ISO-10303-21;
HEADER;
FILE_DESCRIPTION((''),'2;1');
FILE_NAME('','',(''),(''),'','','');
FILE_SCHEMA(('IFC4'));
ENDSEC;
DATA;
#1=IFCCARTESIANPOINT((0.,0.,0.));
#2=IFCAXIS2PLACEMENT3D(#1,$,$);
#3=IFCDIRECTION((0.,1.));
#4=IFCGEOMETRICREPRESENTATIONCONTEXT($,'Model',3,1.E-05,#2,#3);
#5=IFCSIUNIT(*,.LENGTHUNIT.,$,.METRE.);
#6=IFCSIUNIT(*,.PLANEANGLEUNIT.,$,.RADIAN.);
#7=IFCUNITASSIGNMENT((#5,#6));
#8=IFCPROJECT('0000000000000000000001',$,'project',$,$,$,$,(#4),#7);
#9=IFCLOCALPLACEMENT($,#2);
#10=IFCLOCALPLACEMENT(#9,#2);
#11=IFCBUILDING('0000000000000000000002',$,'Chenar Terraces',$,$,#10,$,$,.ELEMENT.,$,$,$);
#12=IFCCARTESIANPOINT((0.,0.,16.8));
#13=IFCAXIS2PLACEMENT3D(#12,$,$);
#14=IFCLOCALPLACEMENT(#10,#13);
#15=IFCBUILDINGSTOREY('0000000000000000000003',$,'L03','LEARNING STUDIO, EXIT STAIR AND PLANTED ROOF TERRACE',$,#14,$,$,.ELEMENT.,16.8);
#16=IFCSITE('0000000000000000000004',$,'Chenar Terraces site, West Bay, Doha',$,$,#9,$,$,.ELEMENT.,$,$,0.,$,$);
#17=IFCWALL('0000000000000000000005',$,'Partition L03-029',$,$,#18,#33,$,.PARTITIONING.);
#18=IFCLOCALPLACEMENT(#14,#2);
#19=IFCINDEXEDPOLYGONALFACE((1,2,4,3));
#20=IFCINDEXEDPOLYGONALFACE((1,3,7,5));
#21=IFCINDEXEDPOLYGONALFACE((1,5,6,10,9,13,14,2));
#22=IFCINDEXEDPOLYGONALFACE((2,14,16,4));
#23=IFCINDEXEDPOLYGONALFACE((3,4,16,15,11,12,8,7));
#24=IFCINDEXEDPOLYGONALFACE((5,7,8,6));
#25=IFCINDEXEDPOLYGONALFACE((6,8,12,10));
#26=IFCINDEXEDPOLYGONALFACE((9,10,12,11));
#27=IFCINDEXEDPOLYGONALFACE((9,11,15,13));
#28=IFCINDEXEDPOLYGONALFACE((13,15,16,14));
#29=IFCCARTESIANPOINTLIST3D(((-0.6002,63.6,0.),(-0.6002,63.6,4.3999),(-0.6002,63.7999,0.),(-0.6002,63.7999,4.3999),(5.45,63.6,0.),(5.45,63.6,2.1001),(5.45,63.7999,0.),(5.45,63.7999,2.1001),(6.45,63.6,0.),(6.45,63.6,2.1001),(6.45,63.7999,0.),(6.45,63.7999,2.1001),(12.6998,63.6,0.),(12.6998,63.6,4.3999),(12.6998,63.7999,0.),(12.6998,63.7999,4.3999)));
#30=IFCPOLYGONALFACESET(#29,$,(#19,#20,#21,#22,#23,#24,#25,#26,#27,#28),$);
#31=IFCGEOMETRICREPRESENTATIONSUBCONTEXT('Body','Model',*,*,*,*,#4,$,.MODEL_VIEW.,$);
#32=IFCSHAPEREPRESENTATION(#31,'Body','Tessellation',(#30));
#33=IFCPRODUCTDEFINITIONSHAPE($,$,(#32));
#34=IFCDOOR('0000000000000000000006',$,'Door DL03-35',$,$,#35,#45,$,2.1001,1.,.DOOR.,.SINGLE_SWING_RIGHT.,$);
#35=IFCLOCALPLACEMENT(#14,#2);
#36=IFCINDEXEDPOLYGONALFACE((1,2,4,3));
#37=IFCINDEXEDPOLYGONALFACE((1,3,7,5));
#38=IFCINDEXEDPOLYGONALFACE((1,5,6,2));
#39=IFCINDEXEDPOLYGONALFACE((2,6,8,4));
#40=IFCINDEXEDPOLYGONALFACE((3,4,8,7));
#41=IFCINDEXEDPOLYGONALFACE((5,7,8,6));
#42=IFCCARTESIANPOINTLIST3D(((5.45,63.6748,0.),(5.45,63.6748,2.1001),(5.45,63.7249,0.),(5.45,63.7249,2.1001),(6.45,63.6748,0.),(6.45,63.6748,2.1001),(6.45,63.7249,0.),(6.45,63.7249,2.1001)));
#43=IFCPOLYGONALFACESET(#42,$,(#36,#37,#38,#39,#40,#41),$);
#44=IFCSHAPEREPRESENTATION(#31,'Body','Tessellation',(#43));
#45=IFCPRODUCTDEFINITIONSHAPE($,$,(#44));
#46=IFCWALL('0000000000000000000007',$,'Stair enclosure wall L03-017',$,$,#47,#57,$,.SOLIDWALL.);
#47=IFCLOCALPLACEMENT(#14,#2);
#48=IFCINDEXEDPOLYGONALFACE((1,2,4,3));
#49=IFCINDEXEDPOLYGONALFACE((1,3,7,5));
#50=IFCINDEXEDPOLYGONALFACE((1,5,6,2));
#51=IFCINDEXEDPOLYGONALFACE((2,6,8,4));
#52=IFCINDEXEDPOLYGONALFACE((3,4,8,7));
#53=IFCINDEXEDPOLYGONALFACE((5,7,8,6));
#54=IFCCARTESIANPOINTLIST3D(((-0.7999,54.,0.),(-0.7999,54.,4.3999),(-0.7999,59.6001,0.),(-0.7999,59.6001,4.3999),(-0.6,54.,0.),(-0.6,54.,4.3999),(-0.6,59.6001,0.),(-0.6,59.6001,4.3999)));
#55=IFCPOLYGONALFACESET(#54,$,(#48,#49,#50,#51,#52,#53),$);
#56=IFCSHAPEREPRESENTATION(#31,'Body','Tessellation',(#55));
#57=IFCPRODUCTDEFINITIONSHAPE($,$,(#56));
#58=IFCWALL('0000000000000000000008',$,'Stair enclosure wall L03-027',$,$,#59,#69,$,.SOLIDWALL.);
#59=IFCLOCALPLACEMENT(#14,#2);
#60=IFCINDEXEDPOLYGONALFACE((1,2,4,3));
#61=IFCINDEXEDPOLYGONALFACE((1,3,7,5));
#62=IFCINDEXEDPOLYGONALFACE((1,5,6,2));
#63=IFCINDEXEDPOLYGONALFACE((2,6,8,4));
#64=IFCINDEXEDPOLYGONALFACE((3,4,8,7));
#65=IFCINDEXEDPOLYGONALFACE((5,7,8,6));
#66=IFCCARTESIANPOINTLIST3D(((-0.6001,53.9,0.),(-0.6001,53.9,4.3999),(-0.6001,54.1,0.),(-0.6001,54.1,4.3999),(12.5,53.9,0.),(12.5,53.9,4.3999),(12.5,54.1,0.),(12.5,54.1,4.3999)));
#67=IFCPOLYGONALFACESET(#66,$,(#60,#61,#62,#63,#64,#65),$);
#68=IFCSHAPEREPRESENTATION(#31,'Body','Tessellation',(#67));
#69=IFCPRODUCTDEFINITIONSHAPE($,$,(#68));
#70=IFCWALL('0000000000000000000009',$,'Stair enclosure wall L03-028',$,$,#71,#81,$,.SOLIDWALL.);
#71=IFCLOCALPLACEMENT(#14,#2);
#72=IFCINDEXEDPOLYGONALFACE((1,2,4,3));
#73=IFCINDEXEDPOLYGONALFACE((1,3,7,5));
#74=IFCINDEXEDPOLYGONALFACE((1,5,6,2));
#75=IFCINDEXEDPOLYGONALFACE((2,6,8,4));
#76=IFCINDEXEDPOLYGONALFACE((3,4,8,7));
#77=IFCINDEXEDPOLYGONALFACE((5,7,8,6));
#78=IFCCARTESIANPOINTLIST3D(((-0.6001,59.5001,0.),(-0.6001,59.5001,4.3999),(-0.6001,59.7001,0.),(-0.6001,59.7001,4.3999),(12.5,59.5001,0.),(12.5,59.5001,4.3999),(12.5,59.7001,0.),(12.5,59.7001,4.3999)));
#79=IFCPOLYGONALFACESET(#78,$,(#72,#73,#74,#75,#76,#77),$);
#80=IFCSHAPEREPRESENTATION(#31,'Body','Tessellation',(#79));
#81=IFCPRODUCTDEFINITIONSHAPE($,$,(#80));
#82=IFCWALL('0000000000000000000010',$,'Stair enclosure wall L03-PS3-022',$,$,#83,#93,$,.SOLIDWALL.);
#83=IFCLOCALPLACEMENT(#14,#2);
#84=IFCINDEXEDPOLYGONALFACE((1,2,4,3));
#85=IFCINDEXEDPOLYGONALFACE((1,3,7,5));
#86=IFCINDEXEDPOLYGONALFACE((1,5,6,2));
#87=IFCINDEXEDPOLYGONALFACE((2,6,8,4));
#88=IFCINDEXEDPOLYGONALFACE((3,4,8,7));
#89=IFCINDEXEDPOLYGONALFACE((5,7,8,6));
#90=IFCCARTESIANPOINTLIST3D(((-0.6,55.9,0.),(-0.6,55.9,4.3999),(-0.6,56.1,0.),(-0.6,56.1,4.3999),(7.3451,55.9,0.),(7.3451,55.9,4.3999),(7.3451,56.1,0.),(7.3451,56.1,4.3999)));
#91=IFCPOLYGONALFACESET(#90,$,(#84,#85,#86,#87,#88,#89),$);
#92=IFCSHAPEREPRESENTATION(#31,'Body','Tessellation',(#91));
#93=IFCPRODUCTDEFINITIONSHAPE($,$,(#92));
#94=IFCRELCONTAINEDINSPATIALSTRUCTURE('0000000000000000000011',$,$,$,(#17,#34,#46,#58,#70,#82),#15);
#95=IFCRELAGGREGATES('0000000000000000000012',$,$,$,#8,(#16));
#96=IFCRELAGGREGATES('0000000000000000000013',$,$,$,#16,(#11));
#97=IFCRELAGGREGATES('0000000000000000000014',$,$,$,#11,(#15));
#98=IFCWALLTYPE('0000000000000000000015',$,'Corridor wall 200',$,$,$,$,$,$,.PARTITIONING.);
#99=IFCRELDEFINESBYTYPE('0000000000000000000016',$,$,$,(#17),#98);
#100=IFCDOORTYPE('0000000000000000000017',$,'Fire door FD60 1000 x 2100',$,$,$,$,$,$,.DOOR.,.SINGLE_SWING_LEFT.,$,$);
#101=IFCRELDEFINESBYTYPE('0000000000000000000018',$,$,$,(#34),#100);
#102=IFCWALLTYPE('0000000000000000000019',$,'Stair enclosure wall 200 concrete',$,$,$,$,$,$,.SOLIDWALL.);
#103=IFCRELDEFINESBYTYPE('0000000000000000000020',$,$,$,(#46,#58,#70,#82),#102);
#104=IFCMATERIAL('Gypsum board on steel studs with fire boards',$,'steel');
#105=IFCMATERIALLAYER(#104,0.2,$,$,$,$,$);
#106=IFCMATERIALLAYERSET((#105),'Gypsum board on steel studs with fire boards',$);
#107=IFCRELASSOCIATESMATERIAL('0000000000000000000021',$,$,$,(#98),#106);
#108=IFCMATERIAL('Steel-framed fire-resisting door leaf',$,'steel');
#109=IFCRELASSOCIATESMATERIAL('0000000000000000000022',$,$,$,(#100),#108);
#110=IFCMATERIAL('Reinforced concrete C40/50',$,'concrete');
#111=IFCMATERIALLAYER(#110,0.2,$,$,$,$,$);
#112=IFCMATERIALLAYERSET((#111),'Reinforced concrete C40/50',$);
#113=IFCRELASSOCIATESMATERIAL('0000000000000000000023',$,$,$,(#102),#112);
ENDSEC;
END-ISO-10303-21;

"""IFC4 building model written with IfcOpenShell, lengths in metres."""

from ifc_helpers import new_model, si_unit, direction, frame, frame_2d, origin, place, context, subcontext, project, spatial, rectangle, extrude, material, layer, layer_set, type_object, element, fill, save


model = new_model("IFC4")

# Units and contexts
model_context = context("Model", 3, precision=1e-05, world=origin(), true_north=direction((0.0, 1.0)))
body_context = subcontext(model_context, "Body", "Model", "MODEL_VIEW")
ifc_project = project(units=[si_unit("LENGTHUNIT", "METRE"), si_unit("PLANEANGLEUNIT", "RADIAN")], contexts=[model_context])

# Site, building, storey
site_placement = place(None, origin())
site = spatial("IfcSite", under=ifc_project, at=site_placement, Name="Chenar Terraces site, West Bay, Doha", CompositionType="ELEMENT", RefElevation=0.0)
building_placement = place(site_placement, origin())
building = spatial("IfcBuilding", under=site, at=building_placement, Name="Chenar Terraces", CompositionType="ELEMENT")
storey_placement = place(building_placement, frame((0.0, 0.0, 16.8)))
storey = spatial("IfcBuildingStorey", under=building, at=storey_placement, Name="L03", Description="LEARNING STUDIO, EXIT STAIR AND PLANTED ROOF TERRACE", CompositionType="ELEMENT", Elevation=16.8)

# Shared definitions
ifc_material_1 = material(Name="Gypsum board on steel studs with fire boards", Category="steel")
ifc_layer_1 = layer(ifc_material_1, 0.2)
ifc_layer_set_1 = layer_set([ifc_layer_1], Name="Gypsum board on steel studs with fire boards")
wall_type_1 = type_object("IfcWallType", Name="Corridor wall 200", PredefinedType="PARTITIONING", material=ifc_layer_set_1)

# Wall, opening, door
wall_1_placement = place(storey_placement, frame((-0.6001, 63.7, 0.0), z_axis=(0.0, 0.0, 1.0), x_axis=(1.0, 0.0, 0.0)))
wall_1 = element("IfcWall", 1, at=wall_1_placement, inside=storey, type_object=wall_type_1, Name="Partition L03-029", PredefinedType="PARTITIONING", context=body_context, shape_type="SweptSolid", body=[
    extrude(rectangle(XDim=13.3, YDim=0.2, at=frame_2d((6.6499, 0.0))), origin(), (0.0, 0.0, 1.0), 4.3999),
])
opening_1_placement = place(wall_1_placement, frame((6.05, 0.0, 0.0)))
opening_1 = element("IfcOpeningElement", 2, at=opening_1_placement, cuts=wall_1, PredefinedType="OPENING", context=body_context, shape_type="SweptSolid", body=[
    extrude(rectangle(XDim=1.0, YDim=2.1001, at=frame_2d((0.5, 1.05))), frame((0.0, 0.1099, 0.0), z_axis=(0.0, -1.0, 0.0), x_axis=(1.0, 0.0, 0.0)), (0.0, 0.0, 1.0), 0.22),
])
ifc_material_2 = material(Name="Steel-framed fire-resisting door leaf", Category="steel")
door_type_1 = type_object("IfcDoorType", Name="Fire door FD60 1000 x 2100", OperationType="SINGLE_SWING_LEFT", PredefinedType="DOOR", material=ifc_material_2)
door_1_placement = place(opening_1_placement, origin())
door_1 = element("IfcDoor", 3, at=door_1_placement, inside=storey, type_object=door_type_1, Name="Door DL03-35", OperationType="SINGLE_SWING_RIGHT", OverallHeight=2.1001, OverallWidth=1.0, PredefinedType="DOOR", context=body_context, shape_type="SweptSolid", body=[
    extrude(rectangle(XDim=1.0, YDim=2.1001, at=frame_2d((0.5, 1.05))), frame((0.0, 0.0249, 0.0), z_axis=(0.0, -1.0, 0.0), x_axis=(1.0, 0.0, 0.0)), (0.0, 0.0, 1.0), 0.05),
])
fill(opening_1, door_1)

# Walls
ifc_material_3 = material(Name="Reinforced concrete C40/50", Category="concrete")
ifc_layer_2 = layer(ifc_material_3, 0.2)
ifc_layer_set_2 = layer_set([ifc_layer_2], Name="Reinforced concrete C40/50")
wall_type_2 = type_object("IfcWallType", Name="Stair enclosure wall 200 concrete", PredefinedType="SOLIDWALL", material=ifc_layer_set_2)
wall_2_placement = place(storey_placement, frame((-0.7, 54.0, 0.0), z_axis=(0.0, 0.0, 1.0), x_axis=(0.0, 1.0, 0.0)))
element("IfcWall", 4, at=wall_2_placement, inside=storey, type_object=wall_type_2, Name="Stair enclosure wall L03-017", PredefinedType="SOLIDWALL", context=body_context, shape_type="SweptSolid", body=[
    extrude(rectangle(XDim=5.6001, YDim=0.2, at=frame_2d((2.8, 0.0))), origin(), (0.0, 0.0, 1.0), 4.3999),
])
for number, where, z_axis, x_axis, name in (
    (5, (-0.6001, 54.0, 0.0), (0.0, 0.0, 1.0), (1.0, 0.0, 0.0), "Stair enclosure wall L03-027"),
    (6, (-0.6001, 59.6001, 0.0), (0.0, 0.0, 1.0), (1.0, 0.0, 0.0), "Stair enclosure wall L03-028"),
):
    element("IfcWall", number, at=place(storey_placement, frame(where, z_axis=z_axis, x_axis=x_axis)), inside=storey, type_object=wall_type_2, Name=name, PredefinedType="SOLIDWALL", context=body_context, shape_type="SweptSolid", body=[
        extrude(rectangle(XDim=13.1001, YDim=0.2, at=frame_2d((6.55, 0.0))), origin(), (0.0, 0.0, 1.0), 4.3999),
    ])
wall_3_placement = place(storey_placement, frame((-0.6001, 56.0, 0.0), z_axis=(0.0, 0.0, 1.0), x_axis=(1.0, 0.0, 0.0)))
element("IfcWall", 7, at=wall_3_placement, inside=storey, type_object=wall_type_2, Name="Stair enclosure wall L03-PS3-022", PredefinedType="SOLIDWALL", context=body_context, shape_type="SweptSolid", body=[
    extrude(rectangle(XDim=7.9451, YDim=0.2, at=frame_2d((3.9727, 0.0))), origin(), (0.0, 0.0, 1.0), 4.3999),
])

save(model, "model.ifc")
